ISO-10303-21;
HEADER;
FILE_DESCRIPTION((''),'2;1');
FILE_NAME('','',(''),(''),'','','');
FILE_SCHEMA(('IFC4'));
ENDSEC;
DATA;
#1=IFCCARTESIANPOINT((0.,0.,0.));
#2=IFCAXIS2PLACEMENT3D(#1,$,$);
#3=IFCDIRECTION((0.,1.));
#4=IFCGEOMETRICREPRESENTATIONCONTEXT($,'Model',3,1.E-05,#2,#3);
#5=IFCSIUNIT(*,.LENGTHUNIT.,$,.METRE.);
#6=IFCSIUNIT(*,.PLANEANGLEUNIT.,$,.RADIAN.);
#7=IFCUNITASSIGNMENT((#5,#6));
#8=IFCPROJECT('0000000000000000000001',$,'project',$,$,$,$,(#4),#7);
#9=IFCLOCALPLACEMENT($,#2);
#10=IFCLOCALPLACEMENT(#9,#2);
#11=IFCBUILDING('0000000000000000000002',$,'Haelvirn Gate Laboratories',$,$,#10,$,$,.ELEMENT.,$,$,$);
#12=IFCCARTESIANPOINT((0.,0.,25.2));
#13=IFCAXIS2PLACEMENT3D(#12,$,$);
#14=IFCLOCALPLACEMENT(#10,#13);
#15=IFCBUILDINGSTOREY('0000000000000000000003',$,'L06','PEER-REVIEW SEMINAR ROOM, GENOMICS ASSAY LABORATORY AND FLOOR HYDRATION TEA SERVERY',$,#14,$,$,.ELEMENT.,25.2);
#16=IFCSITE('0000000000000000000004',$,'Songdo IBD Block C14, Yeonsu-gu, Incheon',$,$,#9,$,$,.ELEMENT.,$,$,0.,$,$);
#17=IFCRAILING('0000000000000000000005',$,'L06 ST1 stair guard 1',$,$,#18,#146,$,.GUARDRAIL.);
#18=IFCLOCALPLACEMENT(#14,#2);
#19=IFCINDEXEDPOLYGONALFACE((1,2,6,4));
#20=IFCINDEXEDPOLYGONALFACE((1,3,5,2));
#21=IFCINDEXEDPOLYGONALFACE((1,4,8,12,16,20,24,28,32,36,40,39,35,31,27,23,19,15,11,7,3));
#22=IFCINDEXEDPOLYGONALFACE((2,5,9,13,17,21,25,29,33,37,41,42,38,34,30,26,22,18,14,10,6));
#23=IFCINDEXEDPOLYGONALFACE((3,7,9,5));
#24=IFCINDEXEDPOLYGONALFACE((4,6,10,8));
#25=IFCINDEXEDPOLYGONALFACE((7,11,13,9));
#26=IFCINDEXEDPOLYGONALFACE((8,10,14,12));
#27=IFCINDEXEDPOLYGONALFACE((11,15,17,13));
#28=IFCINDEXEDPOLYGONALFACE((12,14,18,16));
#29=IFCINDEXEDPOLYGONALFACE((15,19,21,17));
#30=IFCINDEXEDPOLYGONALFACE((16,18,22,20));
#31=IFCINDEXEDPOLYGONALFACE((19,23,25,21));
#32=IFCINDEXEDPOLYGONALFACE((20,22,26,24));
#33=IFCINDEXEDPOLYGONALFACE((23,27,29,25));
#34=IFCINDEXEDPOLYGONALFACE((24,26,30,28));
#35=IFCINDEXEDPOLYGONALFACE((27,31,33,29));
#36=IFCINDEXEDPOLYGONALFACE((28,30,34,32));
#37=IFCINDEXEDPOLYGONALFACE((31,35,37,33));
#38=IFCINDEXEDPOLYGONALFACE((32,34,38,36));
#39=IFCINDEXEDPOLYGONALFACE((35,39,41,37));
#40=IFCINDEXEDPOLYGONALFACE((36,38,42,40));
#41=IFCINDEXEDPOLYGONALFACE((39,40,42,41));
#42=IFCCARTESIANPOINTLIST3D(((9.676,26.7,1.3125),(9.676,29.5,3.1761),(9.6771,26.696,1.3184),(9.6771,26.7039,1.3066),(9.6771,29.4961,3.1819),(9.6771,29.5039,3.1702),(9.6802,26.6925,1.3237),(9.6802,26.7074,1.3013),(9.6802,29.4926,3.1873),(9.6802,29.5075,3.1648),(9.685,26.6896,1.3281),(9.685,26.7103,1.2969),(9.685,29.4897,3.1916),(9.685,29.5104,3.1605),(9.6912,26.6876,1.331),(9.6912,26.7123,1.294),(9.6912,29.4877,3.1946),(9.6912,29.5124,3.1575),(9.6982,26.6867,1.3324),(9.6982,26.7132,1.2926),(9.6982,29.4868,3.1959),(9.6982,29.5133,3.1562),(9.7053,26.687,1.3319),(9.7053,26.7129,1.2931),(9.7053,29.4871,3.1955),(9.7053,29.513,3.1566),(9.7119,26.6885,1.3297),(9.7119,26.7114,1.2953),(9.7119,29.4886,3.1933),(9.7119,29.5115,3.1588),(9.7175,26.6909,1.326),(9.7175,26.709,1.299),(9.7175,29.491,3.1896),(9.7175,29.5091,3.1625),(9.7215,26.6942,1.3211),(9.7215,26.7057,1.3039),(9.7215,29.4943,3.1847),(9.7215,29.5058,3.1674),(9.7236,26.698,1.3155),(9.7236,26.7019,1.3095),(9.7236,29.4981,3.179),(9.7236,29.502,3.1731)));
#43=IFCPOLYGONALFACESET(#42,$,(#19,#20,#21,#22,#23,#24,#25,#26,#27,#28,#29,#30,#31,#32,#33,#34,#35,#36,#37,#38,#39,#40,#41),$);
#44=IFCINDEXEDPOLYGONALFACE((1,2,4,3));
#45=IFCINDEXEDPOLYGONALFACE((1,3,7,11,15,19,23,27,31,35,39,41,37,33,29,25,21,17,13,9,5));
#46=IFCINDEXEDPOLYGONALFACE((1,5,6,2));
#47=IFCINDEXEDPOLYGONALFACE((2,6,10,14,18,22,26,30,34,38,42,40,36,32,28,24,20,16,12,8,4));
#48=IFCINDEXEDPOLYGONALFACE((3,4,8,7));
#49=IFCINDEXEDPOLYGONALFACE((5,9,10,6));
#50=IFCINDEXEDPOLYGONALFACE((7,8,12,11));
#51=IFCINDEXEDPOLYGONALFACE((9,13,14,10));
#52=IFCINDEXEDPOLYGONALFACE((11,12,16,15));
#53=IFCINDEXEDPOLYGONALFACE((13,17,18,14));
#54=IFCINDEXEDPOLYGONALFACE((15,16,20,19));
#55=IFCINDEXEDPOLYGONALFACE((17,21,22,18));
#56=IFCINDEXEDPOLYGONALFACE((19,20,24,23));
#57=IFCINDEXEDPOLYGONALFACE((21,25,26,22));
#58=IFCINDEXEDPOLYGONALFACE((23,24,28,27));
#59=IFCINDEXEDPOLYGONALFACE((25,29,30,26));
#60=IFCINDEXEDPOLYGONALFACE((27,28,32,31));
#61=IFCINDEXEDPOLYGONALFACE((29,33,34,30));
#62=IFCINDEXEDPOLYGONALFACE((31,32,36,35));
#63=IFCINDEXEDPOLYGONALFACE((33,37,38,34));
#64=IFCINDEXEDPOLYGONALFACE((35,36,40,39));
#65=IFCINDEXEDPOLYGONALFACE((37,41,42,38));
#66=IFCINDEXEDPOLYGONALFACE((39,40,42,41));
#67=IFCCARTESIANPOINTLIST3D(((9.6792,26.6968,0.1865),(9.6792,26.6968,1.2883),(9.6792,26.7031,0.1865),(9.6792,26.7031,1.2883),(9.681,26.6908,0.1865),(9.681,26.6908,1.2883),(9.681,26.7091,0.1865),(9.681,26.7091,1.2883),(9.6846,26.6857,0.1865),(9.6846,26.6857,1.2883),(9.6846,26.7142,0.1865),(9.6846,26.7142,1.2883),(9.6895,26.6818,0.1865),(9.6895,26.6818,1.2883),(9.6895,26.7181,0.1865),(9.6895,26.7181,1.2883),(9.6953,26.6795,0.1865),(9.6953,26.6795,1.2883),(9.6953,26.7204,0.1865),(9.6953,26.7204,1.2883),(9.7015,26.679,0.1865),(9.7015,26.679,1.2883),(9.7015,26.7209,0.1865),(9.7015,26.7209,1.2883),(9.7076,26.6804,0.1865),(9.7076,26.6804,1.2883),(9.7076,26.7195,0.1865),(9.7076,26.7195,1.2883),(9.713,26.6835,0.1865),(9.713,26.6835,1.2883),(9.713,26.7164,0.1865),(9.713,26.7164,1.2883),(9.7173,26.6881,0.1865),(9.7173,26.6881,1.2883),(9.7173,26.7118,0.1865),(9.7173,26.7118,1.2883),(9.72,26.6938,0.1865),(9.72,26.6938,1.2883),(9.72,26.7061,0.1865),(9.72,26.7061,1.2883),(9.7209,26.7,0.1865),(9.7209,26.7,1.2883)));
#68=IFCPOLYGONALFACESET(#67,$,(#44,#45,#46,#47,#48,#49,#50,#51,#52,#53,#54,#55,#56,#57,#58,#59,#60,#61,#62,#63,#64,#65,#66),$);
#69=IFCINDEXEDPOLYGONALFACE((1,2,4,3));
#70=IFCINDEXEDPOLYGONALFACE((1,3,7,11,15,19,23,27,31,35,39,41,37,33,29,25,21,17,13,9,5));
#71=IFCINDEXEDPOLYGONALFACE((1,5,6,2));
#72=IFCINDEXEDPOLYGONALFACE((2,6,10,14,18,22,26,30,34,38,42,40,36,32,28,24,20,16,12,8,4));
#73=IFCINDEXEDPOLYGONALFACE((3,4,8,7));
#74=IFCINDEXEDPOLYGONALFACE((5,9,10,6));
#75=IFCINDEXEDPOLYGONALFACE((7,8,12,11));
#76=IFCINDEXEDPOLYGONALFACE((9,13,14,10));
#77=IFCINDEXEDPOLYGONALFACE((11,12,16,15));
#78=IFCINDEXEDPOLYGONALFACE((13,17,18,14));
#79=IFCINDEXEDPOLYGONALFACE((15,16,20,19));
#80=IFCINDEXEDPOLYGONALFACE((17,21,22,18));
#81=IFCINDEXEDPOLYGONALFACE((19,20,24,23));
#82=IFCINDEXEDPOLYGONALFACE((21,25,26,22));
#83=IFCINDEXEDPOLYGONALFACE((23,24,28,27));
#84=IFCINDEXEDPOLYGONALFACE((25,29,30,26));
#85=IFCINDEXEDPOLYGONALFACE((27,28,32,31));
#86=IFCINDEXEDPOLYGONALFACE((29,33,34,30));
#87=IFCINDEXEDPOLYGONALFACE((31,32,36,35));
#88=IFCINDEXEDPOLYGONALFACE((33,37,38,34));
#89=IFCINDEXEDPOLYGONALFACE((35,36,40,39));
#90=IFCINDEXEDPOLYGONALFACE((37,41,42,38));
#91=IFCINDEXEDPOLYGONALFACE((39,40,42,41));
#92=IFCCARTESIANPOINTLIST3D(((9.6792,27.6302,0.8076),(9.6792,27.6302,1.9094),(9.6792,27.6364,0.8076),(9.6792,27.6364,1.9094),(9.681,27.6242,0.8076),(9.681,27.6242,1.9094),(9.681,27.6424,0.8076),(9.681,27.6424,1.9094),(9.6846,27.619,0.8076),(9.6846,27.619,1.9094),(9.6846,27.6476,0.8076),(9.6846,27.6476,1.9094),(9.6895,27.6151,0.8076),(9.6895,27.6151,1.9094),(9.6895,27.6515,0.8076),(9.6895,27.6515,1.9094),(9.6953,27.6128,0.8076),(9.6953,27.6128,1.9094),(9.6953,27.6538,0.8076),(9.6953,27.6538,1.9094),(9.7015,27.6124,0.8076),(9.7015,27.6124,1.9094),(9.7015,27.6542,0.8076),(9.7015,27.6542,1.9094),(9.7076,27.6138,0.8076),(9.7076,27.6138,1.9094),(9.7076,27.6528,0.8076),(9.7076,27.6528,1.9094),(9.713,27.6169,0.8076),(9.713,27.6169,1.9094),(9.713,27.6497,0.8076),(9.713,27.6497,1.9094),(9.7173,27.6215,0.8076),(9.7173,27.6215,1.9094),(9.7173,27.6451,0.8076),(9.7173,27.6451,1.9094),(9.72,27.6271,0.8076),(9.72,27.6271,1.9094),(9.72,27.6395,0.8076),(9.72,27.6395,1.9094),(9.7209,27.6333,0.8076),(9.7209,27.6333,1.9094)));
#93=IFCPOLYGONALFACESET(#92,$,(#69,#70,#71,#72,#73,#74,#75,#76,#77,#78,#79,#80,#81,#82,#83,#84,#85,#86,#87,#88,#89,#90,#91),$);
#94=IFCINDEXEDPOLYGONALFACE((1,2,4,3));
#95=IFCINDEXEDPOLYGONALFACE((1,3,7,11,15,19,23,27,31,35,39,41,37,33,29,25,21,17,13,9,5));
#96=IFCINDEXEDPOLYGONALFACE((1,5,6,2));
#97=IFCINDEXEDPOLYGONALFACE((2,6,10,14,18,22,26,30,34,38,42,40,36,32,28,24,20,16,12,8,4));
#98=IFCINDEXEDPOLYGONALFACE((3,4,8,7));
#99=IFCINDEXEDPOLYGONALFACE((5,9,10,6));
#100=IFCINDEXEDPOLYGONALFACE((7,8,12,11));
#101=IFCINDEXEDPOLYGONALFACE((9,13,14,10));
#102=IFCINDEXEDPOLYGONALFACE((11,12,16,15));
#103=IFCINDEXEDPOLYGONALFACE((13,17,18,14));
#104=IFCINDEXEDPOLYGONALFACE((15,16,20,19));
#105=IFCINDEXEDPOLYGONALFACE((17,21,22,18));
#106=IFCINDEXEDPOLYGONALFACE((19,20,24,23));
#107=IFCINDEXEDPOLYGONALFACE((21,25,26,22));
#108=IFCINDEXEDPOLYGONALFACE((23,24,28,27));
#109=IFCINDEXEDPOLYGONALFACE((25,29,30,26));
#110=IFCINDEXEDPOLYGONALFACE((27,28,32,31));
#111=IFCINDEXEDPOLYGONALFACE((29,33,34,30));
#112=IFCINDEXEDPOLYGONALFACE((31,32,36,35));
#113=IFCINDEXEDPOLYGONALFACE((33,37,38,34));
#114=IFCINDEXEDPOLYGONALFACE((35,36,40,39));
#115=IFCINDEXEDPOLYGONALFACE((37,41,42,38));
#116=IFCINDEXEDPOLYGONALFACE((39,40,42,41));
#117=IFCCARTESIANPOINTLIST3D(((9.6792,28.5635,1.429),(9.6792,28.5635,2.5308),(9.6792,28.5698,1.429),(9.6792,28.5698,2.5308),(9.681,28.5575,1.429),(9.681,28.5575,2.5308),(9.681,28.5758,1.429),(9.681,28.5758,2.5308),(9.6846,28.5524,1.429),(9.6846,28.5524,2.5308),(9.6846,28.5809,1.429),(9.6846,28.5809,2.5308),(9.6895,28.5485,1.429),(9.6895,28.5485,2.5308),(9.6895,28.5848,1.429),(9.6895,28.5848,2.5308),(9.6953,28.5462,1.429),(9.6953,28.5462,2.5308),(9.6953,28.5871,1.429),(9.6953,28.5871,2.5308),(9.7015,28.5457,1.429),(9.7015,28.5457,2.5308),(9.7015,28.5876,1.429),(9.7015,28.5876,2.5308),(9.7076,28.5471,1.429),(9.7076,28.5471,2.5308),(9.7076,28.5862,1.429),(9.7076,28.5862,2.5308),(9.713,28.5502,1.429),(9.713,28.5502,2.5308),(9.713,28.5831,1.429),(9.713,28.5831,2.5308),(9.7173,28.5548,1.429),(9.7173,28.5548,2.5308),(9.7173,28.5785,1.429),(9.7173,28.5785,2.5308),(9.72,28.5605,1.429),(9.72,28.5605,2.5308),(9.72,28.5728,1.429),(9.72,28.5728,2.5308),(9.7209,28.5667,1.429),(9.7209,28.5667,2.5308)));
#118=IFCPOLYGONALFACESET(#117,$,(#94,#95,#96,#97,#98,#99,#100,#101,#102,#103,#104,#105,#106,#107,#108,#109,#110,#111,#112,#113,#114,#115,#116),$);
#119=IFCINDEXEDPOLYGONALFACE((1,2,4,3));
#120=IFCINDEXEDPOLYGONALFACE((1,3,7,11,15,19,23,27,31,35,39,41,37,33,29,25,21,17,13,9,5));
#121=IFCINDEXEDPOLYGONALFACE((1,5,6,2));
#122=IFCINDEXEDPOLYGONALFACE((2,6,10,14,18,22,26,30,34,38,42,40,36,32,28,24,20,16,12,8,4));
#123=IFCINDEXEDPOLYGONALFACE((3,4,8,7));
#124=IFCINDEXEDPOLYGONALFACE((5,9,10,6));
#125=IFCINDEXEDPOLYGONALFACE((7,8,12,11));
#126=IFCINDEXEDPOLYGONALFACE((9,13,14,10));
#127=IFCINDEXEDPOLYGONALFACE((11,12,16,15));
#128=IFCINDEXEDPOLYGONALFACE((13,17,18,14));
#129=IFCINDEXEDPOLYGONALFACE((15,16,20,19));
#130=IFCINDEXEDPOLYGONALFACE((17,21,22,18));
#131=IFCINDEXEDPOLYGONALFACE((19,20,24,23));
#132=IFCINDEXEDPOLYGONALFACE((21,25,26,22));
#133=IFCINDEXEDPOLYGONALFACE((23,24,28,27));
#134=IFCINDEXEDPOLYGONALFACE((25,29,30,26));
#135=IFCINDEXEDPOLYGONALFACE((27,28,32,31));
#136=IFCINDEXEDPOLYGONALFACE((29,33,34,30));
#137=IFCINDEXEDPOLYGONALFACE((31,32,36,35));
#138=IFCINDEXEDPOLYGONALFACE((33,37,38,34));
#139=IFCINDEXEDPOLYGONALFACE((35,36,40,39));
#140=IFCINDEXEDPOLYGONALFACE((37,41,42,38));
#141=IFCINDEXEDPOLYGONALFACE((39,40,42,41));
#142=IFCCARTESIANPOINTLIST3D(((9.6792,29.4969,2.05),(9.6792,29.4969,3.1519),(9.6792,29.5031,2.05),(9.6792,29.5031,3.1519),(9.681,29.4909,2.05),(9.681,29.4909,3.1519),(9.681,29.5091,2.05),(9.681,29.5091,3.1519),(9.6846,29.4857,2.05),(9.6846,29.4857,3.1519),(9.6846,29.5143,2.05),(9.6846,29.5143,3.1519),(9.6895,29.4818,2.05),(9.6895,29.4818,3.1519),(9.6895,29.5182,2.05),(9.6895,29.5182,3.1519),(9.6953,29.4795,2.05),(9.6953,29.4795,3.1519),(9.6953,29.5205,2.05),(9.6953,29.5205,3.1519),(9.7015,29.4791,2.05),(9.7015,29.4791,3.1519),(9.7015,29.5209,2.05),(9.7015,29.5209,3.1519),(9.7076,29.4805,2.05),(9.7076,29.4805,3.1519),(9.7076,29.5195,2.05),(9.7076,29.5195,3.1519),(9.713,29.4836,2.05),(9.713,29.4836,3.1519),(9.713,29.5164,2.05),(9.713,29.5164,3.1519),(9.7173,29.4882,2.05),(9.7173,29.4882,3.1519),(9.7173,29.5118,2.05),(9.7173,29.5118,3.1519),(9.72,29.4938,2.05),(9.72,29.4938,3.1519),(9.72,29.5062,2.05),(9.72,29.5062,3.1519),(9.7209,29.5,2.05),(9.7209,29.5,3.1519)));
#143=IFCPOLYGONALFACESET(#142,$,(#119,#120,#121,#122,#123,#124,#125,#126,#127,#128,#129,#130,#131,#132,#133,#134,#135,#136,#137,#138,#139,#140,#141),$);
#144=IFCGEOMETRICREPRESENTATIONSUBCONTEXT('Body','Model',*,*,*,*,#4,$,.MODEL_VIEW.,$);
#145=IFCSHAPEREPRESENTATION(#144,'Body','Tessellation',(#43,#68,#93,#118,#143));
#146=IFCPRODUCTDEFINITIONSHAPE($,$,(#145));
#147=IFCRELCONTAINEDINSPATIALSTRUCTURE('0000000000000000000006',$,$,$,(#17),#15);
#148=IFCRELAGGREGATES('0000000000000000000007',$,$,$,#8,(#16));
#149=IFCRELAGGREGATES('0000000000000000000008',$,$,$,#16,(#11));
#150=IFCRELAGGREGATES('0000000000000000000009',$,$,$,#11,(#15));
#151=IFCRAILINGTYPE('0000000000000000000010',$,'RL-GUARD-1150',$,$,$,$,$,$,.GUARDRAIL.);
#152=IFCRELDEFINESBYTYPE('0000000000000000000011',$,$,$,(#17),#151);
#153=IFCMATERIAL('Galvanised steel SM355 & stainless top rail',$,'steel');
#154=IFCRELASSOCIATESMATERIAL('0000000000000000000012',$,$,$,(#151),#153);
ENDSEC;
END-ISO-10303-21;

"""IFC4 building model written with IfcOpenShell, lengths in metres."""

from ifc_helpers import new_model, si_unit, direction, frame, origin, origin_2d, place, context, subcontext, project, spatial, circle, extrude, source, transform, mapped, material, type_object, element, save


model = new_model("IFC4")

# Units and contexts
model_context = context("Model", 3, precision=1e-05, world=origin(), true_north=direction((0.0, 1.0)))
body_context = subcontext(model_context, "Body", "Model", "MODEL_VIEW")
ifc_project = project(units=[si_unit("LENGTHUNIT", "METRE"), si_unit("PLANEANGLEUNIT", "RADIAN")], contexts=[model_context])

# Site, building, storey
site_placement = place(None, origin())
site = spatial("IfcSite", under=ifc_project, at=site_placement, Name="Songdo IBD Block C14, Yeonsu-gu, Incheon", CompositionType="ELEMENT", RefElevation=0.0)
building_placement = place(site_placement, origin())
building = spatial("IfcBuilding", under=site, at=building_placement, Name="Haelvirn Gate Laboratories", CompositionType="ELEMENT")
storey_placement = place(building_placement, frame((0.0, 0.0, 25.2)))
storey = spatial("IfcBuildingStorey", under=building, at=storey_placement, Name="L06", Description="PEER-REVIEW SEMINAR ROOM, GENOMICS ASSAY LABORATORY AND FLOOR HYDRATION TEA SERVERY", CompositionType="ELEMENT", Elevation=25.2)

# Railing
ifc_material_1 = material(Name="Galvanised steel SM355 & stainless top rail", Category="steel")
railing_type_1 = type_object("IfcRailingType", Name="RL-GUARD-1150", PredefinedType="GUARDRAIL", material=ifc_material_1)
shared_shape_1 = source(origin(), body_context, "Body", "SweptSolid", [
    extrude(circle(Radius=0.0239, at=origin_2d()), frame((0.0, 0.0, 1.126), z_axis=(0.0, 0.832486, 0.554047), x_axis=(-1.0, 0.0, 0.0)), (0.0, 0.0, 1.0), 3.3635),
    extrude(circle(Radius=0.021, at=origin_2d()), origin(), (0.0, 0.0, 1.0), 1.1018),
    extrude(circle(Radius=0.021, at=origin_2d()), frame((0.0, 0.9333, 0.6211)), (0.0, 0.0, 1.0), 1.1018),
    extrude(circle(Radius=0.021, at=origin_2d()), frame((0.0, 1.8667, 1.2424)), (0.0, 0.0, 1.0), 1.1018),
    extrude(circle(Radius=0.021, at=origin_2d()), frame((0.0, 2.8, 1.8635)), (0.0, 0.0, 1.0), 1.1018),
])
railing_1_placement = place(storey_placement, frame((9.7, 26.7, 0.1865)))
element("IfcRailing", 1, at=railing_1_placement, inside=storey, type_object=railing_type_1, Name="L06 ST1 stair guard 1", PredefinedType="GUARDRAIL", context=body_context, shape_type="MappedRepresentation", body=[
    mapped(shared_shape_1, transform((0.0, 0.0, 0.0), scale=1.0)),
])

save(model, "model.ifc")
